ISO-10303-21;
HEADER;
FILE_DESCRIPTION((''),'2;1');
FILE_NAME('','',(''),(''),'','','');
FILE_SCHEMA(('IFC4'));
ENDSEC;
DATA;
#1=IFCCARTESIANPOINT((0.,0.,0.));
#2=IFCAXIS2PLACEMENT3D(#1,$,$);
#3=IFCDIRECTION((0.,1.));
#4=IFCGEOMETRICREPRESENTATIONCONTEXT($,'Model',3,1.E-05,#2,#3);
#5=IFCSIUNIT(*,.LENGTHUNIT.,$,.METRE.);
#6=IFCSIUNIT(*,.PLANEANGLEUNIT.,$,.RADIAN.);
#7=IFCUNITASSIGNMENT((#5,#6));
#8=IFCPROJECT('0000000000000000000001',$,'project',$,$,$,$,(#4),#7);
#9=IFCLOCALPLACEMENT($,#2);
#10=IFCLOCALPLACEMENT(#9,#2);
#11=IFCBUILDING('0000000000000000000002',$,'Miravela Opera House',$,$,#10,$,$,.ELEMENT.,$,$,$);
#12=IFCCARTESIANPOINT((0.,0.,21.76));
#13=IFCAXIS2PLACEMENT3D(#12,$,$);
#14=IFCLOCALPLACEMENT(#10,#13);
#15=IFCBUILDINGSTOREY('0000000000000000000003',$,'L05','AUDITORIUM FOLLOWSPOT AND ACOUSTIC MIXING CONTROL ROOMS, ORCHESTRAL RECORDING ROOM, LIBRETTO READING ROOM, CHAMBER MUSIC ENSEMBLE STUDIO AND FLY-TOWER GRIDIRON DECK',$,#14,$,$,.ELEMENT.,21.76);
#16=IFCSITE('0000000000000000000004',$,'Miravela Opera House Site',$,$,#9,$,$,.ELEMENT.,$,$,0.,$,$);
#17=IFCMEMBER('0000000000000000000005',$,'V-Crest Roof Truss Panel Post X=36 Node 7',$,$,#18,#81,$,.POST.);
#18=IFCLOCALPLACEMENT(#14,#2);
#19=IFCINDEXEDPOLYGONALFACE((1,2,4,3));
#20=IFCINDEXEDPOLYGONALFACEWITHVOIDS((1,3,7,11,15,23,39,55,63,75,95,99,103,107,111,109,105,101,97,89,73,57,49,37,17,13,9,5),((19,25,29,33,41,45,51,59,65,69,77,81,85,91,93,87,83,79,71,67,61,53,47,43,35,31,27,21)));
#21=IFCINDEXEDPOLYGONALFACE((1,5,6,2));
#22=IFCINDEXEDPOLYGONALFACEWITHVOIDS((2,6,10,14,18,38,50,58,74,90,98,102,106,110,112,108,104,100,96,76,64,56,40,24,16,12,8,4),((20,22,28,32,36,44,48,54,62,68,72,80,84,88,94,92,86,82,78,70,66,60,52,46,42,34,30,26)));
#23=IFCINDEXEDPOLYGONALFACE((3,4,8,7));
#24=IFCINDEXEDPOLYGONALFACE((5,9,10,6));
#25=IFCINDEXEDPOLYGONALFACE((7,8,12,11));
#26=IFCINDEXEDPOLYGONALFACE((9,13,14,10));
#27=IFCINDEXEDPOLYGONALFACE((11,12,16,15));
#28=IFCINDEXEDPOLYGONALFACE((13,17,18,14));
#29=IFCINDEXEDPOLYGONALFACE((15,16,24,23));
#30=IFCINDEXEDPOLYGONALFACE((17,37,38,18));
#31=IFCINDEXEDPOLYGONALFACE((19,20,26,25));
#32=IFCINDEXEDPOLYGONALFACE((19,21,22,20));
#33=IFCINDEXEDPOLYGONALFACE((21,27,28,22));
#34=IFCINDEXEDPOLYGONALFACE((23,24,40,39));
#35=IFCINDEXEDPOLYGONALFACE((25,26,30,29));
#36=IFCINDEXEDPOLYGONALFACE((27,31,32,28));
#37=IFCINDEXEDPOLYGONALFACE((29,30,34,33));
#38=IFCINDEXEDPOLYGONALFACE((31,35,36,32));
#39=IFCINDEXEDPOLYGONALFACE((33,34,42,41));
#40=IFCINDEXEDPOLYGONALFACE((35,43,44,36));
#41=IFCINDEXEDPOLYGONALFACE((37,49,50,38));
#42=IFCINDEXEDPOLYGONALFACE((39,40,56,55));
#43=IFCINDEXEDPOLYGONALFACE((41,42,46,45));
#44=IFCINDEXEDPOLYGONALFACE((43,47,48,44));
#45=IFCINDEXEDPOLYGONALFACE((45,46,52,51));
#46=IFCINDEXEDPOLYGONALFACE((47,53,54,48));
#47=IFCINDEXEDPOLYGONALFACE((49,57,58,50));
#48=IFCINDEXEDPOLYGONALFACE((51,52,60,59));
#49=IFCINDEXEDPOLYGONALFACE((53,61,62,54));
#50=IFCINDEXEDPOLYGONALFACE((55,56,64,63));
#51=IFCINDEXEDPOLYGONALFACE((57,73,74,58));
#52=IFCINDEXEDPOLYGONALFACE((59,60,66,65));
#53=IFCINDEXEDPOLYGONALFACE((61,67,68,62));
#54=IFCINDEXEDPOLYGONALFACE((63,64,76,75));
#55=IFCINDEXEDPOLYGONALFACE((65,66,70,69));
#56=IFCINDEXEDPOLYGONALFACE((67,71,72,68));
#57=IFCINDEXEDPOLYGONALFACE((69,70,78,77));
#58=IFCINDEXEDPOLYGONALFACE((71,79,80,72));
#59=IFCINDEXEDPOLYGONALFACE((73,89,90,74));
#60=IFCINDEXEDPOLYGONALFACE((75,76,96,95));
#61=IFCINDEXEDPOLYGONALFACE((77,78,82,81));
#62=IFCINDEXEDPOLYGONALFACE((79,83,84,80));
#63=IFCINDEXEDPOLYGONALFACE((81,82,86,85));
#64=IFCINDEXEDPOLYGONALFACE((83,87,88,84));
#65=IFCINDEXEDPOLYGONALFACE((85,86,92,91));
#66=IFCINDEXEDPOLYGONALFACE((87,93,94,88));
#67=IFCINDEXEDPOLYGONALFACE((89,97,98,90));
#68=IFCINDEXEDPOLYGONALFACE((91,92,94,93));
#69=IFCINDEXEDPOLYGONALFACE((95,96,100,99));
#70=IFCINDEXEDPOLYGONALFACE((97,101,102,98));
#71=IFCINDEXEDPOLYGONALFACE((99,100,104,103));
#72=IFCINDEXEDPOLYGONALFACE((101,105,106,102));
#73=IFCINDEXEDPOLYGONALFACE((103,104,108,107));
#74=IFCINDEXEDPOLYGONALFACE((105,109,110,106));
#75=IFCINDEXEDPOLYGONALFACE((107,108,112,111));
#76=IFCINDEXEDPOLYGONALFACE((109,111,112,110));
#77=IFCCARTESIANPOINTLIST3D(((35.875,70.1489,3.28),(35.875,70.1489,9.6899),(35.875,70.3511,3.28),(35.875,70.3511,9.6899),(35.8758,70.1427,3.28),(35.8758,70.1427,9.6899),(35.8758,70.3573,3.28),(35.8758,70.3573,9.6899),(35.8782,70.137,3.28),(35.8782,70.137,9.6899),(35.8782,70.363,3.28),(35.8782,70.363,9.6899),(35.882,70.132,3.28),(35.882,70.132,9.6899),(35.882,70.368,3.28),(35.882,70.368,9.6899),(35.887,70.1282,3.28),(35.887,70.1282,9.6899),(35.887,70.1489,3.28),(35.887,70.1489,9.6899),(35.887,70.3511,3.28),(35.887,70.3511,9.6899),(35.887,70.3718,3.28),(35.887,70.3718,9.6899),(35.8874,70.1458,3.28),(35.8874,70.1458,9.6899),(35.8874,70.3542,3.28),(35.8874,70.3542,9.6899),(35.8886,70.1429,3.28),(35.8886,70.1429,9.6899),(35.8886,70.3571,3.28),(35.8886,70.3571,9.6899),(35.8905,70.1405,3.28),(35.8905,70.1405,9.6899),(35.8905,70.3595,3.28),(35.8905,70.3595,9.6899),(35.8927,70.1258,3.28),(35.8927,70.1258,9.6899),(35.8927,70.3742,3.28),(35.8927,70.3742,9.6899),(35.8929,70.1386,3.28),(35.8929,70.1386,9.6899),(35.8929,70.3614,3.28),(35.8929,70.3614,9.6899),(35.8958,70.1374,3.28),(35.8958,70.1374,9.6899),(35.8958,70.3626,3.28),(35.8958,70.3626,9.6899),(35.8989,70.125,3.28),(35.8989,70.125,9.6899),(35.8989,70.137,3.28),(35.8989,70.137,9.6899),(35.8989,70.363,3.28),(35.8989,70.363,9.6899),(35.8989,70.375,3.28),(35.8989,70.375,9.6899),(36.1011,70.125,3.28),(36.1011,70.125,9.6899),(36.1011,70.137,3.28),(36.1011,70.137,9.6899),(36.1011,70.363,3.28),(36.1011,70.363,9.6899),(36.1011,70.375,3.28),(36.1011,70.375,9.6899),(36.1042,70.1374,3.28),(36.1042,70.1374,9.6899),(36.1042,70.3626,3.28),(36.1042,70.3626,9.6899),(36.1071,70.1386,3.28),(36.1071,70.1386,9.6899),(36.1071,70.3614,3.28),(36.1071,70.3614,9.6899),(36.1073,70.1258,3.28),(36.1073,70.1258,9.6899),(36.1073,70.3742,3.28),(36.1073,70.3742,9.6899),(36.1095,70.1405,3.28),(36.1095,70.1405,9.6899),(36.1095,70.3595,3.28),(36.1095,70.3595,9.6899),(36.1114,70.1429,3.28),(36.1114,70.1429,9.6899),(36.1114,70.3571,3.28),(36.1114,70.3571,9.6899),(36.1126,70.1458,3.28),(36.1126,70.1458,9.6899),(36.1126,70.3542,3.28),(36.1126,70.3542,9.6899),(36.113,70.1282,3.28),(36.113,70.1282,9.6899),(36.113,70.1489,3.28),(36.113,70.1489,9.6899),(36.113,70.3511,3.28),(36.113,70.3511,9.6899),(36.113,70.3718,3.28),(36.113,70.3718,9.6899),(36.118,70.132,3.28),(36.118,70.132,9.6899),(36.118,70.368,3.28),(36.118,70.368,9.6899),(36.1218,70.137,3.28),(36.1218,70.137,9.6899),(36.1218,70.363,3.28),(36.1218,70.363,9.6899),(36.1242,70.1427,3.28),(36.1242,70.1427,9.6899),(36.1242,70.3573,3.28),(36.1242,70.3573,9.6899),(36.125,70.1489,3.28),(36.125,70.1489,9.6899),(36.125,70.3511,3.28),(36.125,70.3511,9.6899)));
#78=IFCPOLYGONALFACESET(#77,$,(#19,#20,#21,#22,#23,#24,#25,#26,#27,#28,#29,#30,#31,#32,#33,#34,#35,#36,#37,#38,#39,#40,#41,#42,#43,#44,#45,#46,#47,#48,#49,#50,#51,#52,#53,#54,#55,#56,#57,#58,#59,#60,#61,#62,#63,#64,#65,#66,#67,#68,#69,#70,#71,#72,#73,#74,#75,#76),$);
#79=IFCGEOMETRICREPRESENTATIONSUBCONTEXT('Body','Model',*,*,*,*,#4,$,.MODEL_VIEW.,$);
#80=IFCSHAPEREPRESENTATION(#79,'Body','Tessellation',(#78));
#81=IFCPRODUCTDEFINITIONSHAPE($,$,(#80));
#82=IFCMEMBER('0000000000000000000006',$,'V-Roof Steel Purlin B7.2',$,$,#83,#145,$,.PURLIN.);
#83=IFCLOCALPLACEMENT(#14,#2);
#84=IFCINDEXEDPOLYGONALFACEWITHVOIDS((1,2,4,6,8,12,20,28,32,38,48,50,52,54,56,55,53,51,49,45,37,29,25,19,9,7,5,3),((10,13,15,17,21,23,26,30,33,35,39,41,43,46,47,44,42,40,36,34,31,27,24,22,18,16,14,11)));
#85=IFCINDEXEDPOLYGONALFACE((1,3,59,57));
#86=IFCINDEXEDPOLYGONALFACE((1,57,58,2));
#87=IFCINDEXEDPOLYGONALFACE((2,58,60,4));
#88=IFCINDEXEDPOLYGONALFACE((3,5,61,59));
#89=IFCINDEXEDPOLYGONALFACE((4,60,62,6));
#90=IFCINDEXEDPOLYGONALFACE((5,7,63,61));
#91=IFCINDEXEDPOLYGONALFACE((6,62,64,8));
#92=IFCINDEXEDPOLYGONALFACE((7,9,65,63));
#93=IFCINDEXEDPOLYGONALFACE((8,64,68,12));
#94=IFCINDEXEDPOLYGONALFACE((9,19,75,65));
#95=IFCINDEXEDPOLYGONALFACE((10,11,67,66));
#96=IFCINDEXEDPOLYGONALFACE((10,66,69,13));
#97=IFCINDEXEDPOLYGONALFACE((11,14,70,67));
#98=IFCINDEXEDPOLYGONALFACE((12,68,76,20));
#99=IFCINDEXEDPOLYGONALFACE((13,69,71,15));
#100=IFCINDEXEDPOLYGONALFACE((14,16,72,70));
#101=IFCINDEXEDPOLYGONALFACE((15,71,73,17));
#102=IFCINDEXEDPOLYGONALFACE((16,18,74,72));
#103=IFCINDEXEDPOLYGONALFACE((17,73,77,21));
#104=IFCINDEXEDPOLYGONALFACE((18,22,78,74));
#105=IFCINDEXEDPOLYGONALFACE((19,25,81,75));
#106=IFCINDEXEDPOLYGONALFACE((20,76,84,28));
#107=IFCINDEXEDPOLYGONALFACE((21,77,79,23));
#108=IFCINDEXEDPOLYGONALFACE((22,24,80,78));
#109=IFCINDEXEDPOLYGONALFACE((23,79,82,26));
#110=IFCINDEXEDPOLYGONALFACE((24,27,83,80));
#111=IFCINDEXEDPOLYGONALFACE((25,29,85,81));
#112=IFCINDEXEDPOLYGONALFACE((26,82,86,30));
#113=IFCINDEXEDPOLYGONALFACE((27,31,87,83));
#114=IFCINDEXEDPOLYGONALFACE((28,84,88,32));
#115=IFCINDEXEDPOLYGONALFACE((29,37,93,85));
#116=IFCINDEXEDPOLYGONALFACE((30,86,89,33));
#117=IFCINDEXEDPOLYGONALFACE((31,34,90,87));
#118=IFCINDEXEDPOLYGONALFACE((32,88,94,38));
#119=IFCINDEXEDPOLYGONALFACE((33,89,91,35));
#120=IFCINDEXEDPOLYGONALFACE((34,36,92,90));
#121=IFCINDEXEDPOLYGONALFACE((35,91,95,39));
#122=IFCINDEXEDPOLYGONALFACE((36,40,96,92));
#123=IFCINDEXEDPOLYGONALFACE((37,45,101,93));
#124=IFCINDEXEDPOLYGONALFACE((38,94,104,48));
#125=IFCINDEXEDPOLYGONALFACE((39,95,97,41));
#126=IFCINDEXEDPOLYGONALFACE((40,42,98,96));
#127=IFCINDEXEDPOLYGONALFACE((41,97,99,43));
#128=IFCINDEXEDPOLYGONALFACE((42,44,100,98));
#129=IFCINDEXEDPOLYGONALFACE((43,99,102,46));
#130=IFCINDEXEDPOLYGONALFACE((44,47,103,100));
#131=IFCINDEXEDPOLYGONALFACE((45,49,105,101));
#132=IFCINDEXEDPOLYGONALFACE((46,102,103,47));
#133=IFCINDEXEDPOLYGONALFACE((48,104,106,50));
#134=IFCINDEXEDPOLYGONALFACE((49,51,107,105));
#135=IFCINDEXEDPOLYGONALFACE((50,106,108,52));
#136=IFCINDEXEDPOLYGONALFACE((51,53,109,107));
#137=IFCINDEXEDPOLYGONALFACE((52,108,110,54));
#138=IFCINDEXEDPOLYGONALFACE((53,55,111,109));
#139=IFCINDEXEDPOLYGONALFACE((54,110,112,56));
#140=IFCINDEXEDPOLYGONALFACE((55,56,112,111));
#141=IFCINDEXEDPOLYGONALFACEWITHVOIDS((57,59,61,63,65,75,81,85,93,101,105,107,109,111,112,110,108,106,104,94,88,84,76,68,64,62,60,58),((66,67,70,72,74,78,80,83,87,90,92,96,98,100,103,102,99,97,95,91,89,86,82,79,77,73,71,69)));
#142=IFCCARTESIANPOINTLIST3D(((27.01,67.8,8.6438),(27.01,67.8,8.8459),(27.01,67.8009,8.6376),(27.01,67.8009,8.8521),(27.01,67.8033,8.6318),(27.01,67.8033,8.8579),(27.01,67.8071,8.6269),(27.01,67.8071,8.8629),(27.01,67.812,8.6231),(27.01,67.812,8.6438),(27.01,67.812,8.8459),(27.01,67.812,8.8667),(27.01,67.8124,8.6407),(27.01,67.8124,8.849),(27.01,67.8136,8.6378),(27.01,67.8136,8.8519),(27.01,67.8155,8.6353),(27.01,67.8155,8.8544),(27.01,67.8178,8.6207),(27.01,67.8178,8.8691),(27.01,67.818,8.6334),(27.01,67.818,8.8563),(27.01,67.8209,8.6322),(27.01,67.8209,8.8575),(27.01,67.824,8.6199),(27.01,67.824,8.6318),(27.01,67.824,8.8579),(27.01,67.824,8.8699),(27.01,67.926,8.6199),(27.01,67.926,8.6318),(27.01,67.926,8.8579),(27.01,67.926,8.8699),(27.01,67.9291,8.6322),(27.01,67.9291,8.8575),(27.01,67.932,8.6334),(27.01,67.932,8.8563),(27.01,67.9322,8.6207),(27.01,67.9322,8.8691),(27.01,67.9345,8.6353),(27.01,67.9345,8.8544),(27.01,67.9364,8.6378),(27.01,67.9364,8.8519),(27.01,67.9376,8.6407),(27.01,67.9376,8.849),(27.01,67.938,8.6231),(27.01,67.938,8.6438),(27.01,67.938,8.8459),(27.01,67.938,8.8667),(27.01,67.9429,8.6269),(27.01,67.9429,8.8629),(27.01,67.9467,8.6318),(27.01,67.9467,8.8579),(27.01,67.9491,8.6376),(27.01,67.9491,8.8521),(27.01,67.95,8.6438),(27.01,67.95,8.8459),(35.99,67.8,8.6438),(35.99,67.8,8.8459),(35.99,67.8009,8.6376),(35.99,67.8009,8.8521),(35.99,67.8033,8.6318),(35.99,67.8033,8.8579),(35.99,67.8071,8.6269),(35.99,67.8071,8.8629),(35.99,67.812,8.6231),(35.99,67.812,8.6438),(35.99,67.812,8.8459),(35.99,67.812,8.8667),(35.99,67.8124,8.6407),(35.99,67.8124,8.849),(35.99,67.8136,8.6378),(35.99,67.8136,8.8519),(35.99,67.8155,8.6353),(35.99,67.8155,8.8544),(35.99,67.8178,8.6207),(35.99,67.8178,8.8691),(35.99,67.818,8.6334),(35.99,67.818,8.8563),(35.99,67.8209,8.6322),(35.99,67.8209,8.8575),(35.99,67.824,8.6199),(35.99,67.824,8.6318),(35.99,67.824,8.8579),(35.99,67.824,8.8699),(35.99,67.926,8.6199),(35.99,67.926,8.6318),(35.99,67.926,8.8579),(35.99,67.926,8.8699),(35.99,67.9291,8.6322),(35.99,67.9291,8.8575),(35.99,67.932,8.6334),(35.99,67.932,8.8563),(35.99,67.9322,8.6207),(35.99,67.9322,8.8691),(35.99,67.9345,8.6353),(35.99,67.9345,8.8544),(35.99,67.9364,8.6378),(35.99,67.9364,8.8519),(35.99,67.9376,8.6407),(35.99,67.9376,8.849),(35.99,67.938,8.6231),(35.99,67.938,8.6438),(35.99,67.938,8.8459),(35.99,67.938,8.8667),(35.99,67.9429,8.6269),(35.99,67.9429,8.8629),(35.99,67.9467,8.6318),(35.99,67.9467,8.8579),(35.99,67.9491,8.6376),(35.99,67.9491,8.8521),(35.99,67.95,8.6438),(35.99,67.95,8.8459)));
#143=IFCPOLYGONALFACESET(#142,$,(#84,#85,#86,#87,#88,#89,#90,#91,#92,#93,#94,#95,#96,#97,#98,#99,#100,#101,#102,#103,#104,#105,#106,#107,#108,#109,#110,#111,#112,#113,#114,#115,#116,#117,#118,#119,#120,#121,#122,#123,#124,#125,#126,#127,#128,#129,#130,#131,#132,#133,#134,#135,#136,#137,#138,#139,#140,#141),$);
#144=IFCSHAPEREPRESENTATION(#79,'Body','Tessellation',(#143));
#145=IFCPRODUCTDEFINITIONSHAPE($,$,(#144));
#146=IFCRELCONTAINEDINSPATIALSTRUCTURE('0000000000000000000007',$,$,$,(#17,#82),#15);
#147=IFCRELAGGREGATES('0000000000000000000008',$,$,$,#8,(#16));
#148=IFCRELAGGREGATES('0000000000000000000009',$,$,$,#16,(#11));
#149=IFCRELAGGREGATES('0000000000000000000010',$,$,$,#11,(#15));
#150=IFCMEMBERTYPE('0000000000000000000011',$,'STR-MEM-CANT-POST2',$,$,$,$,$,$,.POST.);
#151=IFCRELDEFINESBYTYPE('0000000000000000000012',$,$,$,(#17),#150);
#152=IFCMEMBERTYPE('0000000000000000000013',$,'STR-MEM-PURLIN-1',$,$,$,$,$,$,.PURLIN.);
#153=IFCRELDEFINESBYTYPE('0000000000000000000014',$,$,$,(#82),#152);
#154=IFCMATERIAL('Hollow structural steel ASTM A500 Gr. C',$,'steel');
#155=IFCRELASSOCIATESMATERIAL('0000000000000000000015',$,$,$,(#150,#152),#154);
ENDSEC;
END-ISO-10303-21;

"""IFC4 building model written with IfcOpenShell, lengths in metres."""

from ifc_helpers import new_model, si_unit, direction, frame, origin, origin_2d, place, context, subcontext, project, spatial, hollow_rectangle, extrude, material, material_profile, profile_set, type_object, element, save


model = new_model("IFC4")

# Units and contexts
model_context = context("Model", 3, precision=1e-05, world=origin(), true_north=direction((0.0, 1.0)))
body_context = subcontext(model_context, "Body", "Model", "MODEL_VIEW")
ifc_project = project(units=[si_unit("LENGTHUNIT", "METRE"), si_unit("PLANEANGLEUNIT", "RADIAN")], contexts=[model_context])

# Site, building, storey
site_placement = place(None, origin())
site = spatial("IfcSite", under=ifc_project, at=site_placement, Name="Miravela Opera House Site", CompositionType="ELEMENT", RefElevation=0.0)
building_placement = place(site_placement, origin())
building = spatial("IfcBuilding", under=site, at=building_placement, Name="Miravela Opera House", CompositionType="ELEMENT")
storey_placement = place(building_placement, frame((0.0, 0.0, 21.76)))
storey = spatial("IfcBuildingStorey", under=building, at=storey_placement, Name="L05", Description="AUDITORIUM FOLLOWSPOT AND ACOUSTIC MIXING CONTROL ROOMS, ORCHESTRAL RECORDING ROOM, LIBRETTO READING ROOM, CHAMBER MUSIC ENSEMBLE STUDIO AND FLY-TOWER GRIDIRON DECK", CompositionType="ELEMENT", Elevation=21.76)

# Members
ifc_material_1 = material(Name="Hollow structural steel ASTM A500 Gr. C", Category="steel")
ifc_material_profile_1 = material_profile(ifc_material_1, hollow_rectangle(XDim=0.25, YDim=0.25, WallThickness=0.012, InnerFilletRadius=0.012, OuterFilletRadius=0.0239, at=origin_2d()), Name="HSS250X250X12")
ifc_profile_set_1 = profile_set([ifc_material_profile_1])
member_type_1 = type_object("IfcMemberType", Name="STR-MEM-CANT-POST2", PredefinedType="POST", material=ifc_profile_set_1)
member_1_placement = place(storey_placement, frame((36.0, 70.25, 3.28), z_axis=(0.0, 0.0, 1.0), x_axis=(1.0, 0.0, 0.0)))
element("IfcMember", 1, at=member_1_placement, inside=storey, type_object=member_type_1, Name="V-Crest Roof Truss Panel Post X=36 Node 7", PredefinedType="POST", context=body_context, shape_type="SweptSolid", body=[
    extrude(hollow_rectangle(XDim=0.25, YDim=0.25, WallThickness=0.012, InnerFilletRadius=0.012, OuterFilletRadius=0.0239, at=origin_2d()), origin(), (0.0, 0.0, 1.0), 6.4099),
])
ifc_material_profile_2 = material_profile(ifc_material_1, hollow_rectangle(XDim=0.1499, YDim=0.25, WallThickness=0.012, InnerFilletRadius=0.012, OuterFilletRadius=0.0239, at=origin_2d()), Name="HSS250X150X12")
ifc_profile_set_2 = profile_set([ifc_material_profile_2])
member_type_2 = type_object("IfcMemberType", Name="STR-MEM-PURLIN-1", PredefinedType="PURLIN", material=ifc_profile_set_2)
for number, where, z_axis, x_axis, name in (
    (2, (27.01, 67.875, 8.7449), (1.0, 0.0, 0.0), (0.0, 1.0, 0.0), "V-Roof Steel Purlin B7.2"),
):
    element("IfcMember", number, at=place(storey_placement, frame(where, z_axis=z_axis, x_axis=x_axis)), inside=storey, type_object=member_type_2, Name=name, PredefinedType="PURLIN", context=body_context, shape_type="SweptSolid", body=[
        extrude(hollow_rectangle(XDim=0.1499, YDim=0.25, WallThickness=0.012, InnerFilletRadius=0.012, OuterFilletRadius=0.0239, at=origin_2d()), origin(), (0.0, 0.0, 1.0), 8.98),
    ])

save(model, "model.ifc")
